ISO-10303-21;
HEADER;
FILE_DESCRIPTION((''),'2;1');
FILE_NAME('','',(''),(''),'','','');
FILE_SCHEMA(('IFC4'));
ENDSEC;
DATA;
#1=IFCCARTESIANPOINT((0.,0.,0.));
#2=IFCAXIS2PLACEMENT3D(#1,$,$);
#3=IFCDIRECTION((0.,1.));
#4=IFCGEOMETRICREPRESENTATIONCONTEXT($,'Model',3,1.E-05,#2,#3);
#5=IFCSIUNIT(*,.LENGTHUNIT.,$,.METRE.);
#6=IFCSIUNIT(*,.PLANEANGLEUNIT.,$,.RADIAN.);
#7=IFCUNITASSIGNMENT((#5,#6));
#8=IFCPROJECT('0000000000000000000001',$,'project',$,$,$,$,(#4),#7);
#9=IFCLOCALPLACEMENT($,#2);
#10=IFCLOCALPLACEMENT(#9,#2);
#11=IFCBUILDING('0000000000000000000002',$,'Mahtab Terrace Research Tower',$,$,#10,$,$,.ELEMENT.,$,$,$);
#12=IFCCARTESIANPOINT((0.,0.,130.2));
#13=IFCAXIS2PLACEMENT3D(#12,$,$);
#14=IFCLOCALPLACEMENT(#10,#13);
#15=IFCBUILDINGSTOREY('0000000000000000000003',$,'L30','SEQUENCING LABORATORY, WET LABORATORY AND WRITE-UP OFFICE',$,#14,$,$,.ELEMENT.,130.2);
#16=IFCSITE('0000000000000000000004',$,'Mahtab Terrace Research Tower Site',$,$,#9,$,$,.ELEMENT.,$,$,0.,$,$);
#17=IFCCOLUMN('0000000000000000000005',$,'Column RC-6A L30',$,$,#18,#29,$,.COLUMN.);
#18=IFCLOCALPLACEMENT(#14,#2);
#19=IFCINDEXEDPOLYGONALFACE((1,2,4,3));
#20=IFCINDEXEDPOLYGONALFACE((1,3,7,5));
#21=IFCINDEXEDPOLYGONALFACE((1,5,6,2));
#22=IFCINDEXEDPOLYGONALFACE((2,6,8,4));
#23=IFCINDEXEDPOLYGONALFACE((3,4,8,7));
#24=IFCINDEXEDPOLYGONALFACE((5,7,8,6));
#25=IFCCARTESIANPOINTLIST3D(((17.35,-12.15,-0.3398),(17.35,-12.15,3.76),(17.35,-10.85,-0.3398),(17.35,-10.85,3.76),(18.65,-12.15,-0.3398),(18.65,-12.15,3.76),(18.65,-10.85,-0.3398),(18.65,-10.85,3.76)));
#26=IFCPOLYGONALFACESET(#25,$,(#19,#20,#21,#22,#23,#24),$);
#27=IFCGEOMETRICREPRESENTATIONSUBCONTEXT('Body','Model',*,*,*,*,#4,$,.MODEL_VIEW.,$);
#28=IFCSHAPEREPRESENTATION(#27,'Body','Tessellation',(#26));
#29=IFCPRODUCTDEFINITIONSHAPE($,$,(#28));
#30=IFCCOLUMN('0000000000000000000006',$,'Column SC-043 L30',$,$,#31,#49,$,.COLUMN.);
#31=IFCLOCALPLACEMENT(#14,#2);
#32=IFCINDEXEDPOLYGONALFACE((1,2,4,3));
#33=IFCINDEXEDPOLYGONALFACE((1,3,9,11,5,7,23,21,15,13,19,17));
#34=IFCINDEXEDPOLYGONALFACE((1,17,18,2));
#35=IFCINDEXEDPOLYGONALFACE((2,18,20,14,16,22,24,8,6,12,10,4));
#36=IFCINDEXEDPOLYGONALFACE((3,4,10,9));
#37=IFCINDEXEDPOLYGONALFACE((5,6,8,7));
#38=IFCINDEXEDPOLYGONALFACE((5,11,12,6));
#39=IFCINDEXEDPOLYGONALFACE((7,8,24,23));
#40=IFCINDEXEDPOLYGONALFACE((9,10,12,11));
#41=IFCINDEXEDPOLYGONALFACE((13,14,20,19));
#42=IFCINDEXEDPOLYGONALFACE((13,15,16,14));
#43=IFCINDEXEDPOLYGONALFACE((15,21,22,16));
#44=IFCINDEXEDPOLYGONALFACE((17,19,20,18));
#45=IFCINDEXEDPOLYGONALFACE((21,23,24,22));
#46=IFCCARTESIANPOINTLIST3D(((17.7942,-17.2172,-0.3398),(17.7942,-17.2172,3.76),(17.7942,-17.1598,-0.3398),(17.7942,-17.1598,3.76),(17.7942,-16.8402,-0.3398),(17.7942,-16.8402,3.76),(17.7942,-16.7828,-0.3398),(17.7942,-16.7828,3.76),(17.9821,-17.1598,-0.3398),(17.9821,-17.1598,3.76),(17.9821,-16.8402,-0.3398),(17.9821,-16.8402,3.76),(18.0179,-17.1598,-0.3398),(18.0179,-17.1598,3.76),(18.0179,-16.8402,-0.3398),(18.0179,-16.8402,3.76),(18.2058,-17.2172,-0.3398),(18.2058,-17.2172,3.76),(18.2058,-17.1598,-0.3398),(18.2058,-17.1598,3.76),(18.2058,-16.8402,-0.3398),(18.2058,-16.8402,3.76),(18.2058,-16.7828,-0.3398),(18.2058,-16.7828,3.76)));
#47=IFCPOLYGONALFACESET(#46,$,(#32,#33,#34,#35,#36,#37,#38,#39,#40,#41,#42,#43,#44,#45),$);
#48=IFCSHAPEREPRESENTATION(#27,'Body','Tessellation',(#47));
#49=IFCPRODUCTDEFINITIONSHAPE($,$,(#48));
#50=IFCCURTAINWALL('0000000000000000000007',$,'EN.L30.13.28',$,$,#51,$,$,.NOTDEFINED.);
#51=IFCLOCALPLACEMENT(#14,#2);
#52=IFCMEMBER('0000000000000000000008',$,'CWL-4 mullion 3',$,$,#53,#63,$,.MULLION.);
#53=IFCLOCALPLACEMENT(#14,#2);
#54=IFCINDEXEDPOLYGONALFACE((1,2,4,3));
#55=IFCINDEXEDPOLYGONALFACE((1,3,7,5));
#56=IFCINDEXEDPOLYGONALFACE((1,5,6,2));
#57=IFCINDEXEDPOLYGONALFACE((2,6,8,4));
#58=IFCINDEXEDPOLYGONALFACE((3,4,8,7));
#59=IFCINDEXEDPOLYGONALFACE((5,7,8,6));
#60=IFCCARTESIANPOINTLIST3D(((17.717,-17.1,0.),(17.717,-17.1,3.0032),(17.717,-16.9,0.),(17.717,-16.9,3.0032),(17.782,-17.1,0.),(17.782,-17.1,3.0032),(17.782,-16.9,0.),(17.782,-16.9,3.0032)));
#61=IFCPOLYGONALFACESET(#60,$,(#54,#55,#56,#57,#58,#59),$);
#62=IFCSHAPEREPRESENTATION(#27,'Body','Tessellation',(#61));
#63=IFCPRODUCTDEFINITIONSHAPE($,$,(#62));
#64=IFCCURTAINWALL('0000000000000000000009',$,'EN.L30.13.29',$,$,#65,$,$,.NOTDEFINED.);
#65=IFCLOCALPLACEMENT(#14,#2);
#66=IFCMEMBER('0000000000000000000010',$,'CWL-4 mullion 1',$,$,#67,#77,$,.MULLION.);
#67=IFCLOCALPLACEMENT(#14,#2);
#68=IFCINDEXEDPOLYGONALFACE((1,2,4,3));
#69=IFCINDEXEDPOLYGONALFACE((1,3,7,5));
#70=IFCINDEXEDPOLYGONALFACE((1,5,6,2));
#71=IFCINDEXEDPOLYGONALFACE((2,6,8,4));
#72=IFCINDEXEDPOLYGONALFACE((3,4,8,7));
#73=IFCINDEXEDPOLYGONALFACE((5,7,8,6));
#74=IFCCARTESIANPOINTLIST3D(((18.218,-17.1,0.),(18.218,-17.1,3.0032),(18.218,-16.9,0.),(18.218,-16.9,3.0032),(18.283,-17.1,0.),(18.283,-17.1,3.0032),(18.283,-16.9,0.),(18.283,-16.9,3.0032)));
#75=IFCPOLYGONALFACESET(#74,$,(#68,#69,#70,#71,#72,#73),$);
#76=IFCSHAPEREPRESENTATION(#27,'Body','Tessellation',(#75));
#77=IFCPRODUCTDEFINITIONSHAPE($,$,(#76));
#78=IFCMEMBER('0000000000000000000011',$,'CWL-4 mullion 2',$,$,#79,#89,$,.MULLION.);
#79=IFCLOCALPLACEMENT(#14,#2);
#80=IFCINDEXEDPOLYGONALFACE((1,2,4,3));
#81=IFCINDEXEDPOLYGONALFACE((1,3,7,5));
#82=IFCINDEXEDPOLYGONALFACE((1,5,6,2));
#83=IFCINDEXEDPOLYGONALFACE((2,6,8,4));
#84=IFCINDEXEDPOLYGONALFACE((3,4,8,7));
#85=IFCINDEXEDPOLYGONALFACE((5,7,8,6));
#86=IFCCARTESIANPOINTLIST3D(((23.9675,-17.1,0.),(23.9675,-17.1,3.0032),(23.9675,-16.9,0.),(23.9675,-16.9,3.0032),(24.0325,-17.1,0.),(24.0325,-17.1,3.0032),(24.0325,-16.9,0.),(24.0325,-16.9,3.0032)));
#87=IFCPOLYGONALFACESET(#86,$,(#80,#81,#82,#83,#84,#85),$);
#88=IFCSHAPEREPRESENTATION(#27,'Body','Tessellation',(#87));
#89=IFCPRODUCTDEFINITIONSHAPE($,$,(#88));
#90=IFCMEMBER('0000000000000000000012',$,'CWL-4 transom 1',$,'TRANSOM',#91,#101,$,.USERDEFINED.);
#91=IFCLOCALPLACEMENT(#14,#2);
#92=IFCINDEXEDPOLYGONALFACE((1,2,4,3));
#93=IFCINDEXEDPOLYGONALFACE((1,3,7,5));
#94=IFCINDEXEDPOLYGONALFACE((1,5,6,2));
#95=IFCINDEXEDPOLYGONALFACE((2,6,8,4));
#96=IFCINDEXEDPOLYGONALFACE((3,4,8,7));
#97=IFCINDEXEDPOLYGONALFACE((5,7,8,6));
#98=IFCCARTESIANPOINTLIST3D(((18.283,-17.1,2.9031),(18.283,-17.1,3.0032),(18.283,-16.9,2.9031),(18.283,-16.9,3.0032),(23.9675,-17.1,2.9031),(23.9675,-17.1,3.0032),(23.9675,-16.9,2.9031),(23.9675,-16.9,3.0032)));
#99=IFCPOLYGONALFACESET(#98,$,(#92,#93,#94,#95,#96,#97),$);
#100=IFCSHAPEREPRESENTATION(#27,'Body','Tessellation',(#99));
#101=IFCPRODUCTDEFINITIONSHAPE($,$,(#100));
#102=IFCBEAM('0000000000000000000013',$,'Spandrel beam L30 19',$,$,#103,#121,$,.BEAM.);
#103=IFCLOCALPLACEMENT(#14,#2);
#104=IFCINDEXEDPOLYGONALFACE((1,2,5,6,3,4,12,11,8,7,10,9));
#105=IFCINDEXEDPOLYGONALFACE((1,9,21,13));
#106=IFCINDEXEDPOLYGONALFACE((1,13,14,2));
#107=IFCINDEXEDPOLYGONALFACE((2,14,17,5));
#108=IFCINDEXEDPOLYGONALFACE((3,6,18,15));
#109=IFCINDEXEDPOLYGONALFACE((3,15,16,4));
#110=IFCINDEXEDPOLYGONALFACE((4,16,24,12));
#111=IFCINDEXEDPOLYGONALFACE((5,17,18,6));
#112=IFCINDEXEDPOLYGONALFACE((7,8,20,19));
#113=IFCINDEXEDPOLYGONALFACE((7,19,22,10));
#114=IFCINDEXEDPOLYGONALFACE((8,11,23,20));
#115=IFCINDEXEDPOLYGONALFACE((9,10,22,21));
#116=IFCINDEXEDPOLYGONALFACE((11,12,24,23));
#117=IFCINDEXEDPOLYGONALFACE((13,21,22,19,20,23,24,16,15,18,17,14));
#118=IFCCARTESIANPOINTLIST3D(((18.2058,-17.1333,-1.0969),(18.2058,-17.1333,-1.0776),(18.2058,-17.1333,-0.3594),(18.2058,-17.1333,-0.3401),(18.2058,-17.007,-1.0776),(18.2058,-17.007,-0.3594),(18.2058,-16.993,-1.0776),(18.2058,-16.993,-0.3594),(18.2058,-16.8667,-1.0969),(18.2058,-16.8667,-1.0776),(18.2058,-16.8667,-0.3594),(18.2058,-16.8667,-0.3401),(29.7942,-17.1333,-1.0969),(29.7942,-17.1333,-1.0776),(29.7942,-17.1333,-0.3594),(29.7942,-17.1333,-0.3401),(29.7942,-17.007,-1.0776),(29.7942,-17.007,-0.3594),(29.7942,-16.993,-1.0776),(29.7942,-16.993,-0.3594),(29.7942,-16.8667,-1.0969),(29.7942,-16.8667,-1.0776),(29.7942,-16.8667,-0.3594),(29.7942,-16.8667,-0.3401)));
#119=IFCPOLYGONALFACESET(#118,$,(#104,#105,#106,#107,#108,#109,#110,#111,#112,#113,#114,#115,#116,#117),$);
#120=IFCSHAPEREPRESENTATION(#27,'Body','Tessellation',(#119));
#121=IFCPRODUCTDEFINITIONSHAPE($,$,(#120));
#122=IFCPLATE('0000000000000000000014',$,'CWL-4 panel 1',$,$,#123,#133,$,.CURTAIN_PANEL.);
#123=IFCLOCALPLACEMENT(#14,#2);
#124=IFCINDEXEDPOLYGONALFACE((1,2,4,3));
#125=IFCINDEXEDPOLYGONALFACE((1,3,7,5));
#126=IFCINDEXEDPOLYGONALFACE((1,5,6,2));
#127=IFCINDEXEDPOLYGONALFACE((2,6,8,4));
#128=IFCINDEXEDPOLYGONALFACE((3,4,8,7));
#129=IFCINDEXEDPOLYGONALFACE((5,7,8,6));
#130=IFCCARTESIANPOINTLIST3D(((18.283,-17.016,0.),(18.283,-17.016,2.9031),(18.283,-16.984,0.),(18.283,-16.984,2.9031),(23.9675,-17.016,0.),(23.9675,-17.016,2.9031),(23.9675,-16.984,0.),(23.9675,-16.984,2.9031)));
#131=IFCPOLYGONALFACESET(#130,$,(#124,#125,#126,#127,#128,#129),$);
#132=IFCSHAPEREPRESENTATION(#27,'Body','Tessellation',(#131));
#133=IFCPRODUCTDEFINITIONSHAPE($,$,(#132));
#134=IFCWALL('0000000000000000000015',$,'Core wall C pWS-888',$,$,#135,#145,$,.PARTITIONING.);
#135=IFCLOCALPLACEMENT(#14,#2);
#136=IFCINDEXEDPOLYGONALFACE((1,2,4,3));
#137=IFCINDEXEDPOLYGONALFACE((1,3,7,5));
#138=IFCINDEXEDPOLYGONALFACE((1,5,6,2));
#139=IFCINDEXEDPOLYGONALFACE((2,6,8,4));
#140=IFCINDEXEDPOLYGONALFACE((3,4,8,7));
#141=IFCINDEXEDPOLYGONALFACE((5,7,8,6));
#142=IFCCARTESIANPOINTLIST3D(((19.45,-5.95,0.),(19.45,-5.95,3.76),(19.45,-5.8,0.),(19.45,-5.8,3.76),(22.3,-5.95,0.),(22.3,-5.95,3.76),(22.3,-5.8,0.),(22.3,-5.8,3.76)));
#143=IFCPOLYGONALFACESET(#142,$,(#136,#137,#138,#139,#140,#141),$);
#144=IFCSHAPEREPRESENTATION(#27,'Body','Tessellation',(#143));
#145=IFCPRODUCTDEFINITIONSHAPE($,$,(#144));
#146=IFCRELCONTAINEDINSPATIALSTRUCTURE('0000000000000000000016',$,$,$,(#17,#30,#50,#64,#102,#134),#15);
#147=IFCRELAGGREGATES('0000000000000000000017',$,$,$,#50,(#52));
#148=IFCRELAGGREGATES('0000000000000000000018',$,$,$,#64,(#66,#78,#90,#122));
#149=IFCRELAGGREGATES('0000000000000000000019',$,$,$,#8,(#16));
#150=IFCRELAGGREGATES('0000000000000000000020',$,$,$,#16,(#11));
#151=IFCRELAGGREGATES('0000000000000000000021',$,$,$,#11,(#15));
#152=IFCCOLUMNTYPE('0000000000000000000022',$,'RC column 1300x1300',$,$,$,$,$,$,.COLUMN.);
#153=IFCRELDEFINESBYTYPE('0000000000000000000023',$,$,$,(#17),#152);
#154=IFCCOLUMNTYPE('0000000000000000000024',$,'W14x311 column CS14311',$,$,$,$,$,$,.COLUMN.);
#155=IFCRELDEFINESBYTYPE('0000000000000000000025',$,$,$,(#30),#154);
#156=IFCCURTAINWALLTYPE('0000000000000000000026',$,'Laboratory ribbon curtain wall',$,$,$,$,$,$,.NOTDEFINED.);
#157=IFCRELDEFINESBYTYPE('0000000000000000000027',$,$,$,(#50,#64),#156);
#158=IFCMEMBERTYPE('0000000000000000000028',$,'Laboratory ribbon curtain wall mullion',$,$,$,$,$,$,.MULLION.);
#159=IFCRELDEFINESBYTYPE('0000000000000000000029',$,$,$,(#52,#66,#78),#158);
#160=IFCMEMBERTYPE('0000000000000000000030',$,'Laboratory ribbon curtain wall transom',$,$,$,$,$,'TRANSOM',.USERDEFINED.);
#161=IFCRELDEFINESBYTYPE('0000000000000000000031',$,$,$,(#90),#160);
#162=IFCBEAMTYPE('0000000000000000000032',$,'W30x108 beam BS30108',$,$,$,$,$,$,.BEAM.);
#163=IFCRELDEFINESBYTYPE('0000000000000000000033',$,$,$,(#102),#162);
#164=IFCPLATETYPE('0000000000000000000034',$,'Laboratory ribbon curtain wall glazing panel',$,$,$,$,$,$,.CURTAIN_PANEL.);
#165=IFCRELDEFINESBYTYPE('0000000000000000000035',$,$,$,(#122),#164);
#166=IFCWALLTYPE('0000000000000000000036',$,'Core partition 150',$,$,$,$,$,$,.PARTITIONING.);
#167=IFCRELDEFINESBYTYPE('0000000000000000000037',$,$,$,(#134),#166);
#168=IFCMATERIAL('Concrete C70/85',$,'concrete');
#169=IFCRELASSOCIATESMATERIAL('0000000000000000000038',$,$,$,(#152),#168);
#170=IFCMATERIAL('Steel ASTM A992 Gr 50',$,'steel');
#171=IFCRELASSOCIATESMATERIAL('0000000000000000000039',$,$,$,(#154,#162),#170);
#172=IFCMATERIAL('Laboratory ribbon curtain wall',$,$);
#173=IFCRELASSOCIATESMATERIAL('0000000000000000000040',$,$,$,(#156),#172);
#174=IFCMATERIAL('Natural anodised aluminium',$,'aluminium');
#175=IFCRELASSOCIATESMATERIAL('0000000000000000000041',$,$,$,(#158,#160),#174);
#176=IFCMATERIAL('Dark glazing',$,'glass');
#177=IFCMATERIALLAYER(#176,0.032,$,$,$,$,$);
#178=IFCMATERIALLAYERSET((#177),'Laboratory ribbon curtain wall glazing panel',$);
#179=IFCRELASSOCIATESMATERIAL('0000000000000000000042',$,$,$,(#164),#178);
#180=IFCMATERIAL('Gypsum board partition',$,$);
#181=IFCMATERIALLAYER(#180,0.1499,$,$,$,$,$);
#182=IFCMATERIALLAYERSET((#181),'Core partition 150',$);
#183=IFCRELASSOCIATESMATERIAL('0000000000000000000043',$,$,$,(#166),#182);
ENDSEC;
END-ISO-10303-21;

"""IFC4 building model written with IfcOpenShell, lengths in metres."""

from ifc_helpers import new_model, si_unit, direction, frame, frame_2d, origin, origin_2d, place, context, subcontext, project, spatial, rectangle, i_section, extrude, material, layer, layer_set, material_profile, profile_set, type_object, element, aggregate, save


model = new_model("IFC4")

# Units and contexts
model_context = context("Model", 3, precision=1e-05, world=origin(), true_north=direction((0.0, 1.0)))
body_context = subcontext(model_context, "Body", "Model", "MODEL_VIEW")
ifc_project = project(units=[si_unit("LENGTHUNIT", "METRE"), si_unit("PLANEANGLEUNIT", "RADIAN")], contexts=[model_context])

# Site, building, storey
site_placement = place(None, origin())
site = spatial("IfcSite", under=ifc_project, at=site_placement, Name="Mahtab Terrace Research Tower Site", CompositionType="ELEMENT", RefElevation=0.0)
building_placement = place(site_placement, origin())
building = spatial("IfcBuilding", under=site, at=building_placement, Name="Mahtab Terrace Research Tower", CompositionType="ELEMENT")
storey_placement = place(building_placement, frame((0.0, 0.0, 130.2)))
storey = spatial("IfcBuildingStorey", under=building, at=storey_placement, Name="L30", Description="SEQUENCING LABORATORY, WET LABORATORY AND WRITE-UP OFFICE", CompositionType="ELEMENT", Elevation=130.2)

# Columns
ifc_material_1 = material(Name="Concrete C70/85", Category="concrete")
ifc_material_profile_1 = material_profile(ifc_material_1, rectangle(XDim=1.3, YDim=1.3, at=origin_2d()), Name="RC column 1300x1300")
ifc_profile_set_1 = profile_set([ifc_material_profile_1], Name="Concrete C70/85")
column_type_1 = type_object("IfcColumnType", Name="RC column 1300x1300", PredefinedType="COLUMN", material=ifc_profile_set_1)
column_1_placement = place(storey_placement, frame((18.0, -11.5, -0.3398), z_axis=(0.0, 0.0, 1.0), x_axis=(1.0, 0.0, 0.0)))
element("IfcColumn", 1, at=column_1_placement, inside=storey, type_object=column_type_1, Name="Column RC-6A L30", PredefinedType="COLUMN", context=body_context, shape_type="SweptSolid", body=[
    extrude(rectangle(XDim=1.3, YDim=1.3, at=origin_2d()), origin(), (0.0, 0.0, 1.0), 4.0999),
])
ifc_material_2 = material(Name="Steel ASTM A992 Gr 50", Category="steel")
ifc_material_profile_2 = material_profile(ifc_material_2, i_section(OverallWidth=0.4116, OverallDepth=0.4343, WebThickness=0.0359, FlangeThickness=0.0574, at=origin_2d()), Name="W14X311")
ifc_profile_set_2 = profile_set([ifc_material_profile_2], Name="Steel ASTM A992 Gr 50")
column_type_2 = type_object("IfcColumnType", Name="W14x311 column CS14311", PredefinedType="COLUMN", material=ifc_profile_set_2)
column_2_placement = place(storey_placement, frame((18.0, -17.0, -0.3398), z_axis=(0.0, 0.0, 1.0), x_axis=(1.0, 0.0, 0.0)))
element("IfcColumn", 2, at=column_2_placement, inside=storey, type_object=column_type_2, Name="Column SC-043 L30", PredefinedType="COLUMN", context=body_context, shape_type="SweptSolid", body=[
    extrude(i_section(OverallWidth=0.4116, OverallDepth=0.4343, WebThickness=0.0359, FlangeThickness=0.0574, at=origin_2d()), origin(), (0.0, 0.0, 1.0), 4.0999),
])

# Curtain wall, member
ifc_material_3 = material(Name="Laboratory ribbon curtain wall")
curtain_wall_type = type_object("IfcCurtainWallType", Name="Laboratory ribbon curtain wall", PredefinedType="NOTDEFINED", material=ifc_material_3)
curtain_wall_1_placement = place(storey_placement, origin())
curtain_wall_1 = element("IfcCurtainWall", 3, at=curtain_wall_1_placement, inside=storey, type_object=curtain_wall_type, Name="EN.L30.13.28", PredefinedType="NOTDEFINED")
ifc_material_4 = material(Name="Natural anodised aluminium", Category="aluminium")
ifc_material_profile_3 = material_profile(ifc_material_4, rectangle(XDim=0.2, YDim=0.0649, at=origin_2d()), Name="MULLION 65x200")
ifc_profile_set_3 = profile_set([ifc_material_profile_3], Name="Natural anodised aluminium")
member_type_1 = type_object("IfcMemberType", Name="Laboratory ribbon curtain wall mullion", PredefinedType="MULLION", material=ifc_profile_set_3)
member_1_placement = place(storey_placement, frame((17.7495, -17.0, 0.0), z_axis=(0.0, 0.0, 1.0), x_axis=(0.0, 1.0, 0.0)))
member_1 = element("IfcMember", 4, at=member_1_placement, type_object=member_type_1, Name="CWL-4 mullion 3", PredefinedType="MULLION", context=body_context, shape_type="SweptSolid", body=[
    extrude(rectangle(XDim=0.2, YDim=0.0649, at=origin_2d()), origin(), (0.0, 0.0, 1.0), 3.0032),
])
aggregate(curtain_wall_1, [member_1])

# Curtain wall, members
curtain_wall_2_placement = place(storey_placement, origin())
curtain_wall_2 = element("IfcCurtainWall", 5, at=curtain_wall_2_placement, inside=storey, type_object=curtain_wall_type, Name="EN.L30.13.29", PredefinedType="NOTDEFINED")
member_2_placement = place(storey_placement, frame((18.2505, -17.0, 0.0), z_axis=(0.0, 0.0, 1.0), x_axis=(0.0, 1.0, 0.0)))
member_2 = element("IfcMember", 6, at=member_2_placement, type_object=member_type_1, Name="CWL-4 mullion 1", PredefinedType="MULLION", context=body_context, shape_type="SweptSolid", body=[
    extrude(rectangle(XDim=0.2, YDim=0.0649, at=origin_2d()), origin(), (0.0, 0.0, 1.0), 3.0032),
])
member_3_placement = place(storey_placement, frame((24.0, -17.0, 0.0), z_axis=(0.0, 0.0, 1.0), x_axis=(0.0, 1.0, 0.0)))
member_3 = element("IfcMember", 7, at=member_3_placement, type_object=member_type_1, Name="CWL-4 mullion 2", PredefinedType="MULLION", context=body_context, shape_type="SweptSolid", body=[
    extrude(rectangle(XDim=0.2, YDim=0.0649, at=origin_2d()), origin(), (0.0, 0.0, 1.0), 3.0032),
])
ifc_material_profile_4 = material_profile(ifc_material_4, rectangle(XDim=0.2, YDim=0.1001, at=origin_2d()), Name="TRANSOM 100x200")
ifc_profile_set_4 = profile_set([ifc_material_profile_4], Name="Natural anodised aluminium")
member_type_2 = type_object("IfcMemberType", Name="Laboratory ribbon curtain wall transom", ElementType="TRANSOM", PredefinedType="USERDEFINED", material=ifc_profile_set_4)
member_4_placement = place(storey_placement, frame((18.283, -17.0, 2.9531), z_axis=(1.0, 0.0, 0.0), x_axis=(0.0, 1.0, 0.0)))
member_4 = element("IfcMember", 8, at=member_4_placement, type_object=member_type_2, Name="CWL-4 transom 1", ObjectType="TRANSOM", PredefinedType="USERDEFINED", context=body_context, shape_type="SweptSolid", body=[
    extrude(rectangle(XDim=0.2, YDim=0.1001, at=origin_2d()), origin(), (0.0, 0.0, 1.0), 5.6846),
])

# Beam
ifc_material_profile_5 = material_profile(ifc_material_2, i_section(OverallWidth=0.2666, OverallDepth=0.7568, WebThickness=0.0139, FlangeThickness=0.0193, at=origin_2d()), Name="W30X108")
ifc_profile_set_5 = profile_set([ifc_material_profile_5], Name="Steel ASTM A992 Gr 50")
beam_type = type_object("IfcBeamType", Name="W30x108 beam BS30108", PredefinedType="BEAM", material=ifc_profile_set_5)
beam_placement = place(storey_placement, frame((18.2058, -17.0, -0.7185), z_axis=(1.0, 0.0, 0.0), x_axis=(0.0, 1.0, 0.0)))
element("IfcBeam", 9, at=beam_placement, inside=storey, type_object=beam_type, Name="Spandrel beam L30 19", PredefinedType="BEAM", context=body_context, shape_type="SweptSolid", body=[
    extrude(i_section(OverallWidth=0.2666, OverallDepth=0.7568, WebThickness=0.0139, FlangeThickness=0.0193, at=origin_2d()), origin(), (0.0, 0.0, 1.0), 11.5884),
])

# Plate
ifc_material_5 = material(Name="Dark glazing", Category="glass")
ifc_layer_1 = layer(ifc_material_5, 0.032)
ifc_layer_set_1 = layer_set([ifc_layer_1], Name="Laboratory ribbon curtain wall glazing panel")
plate_type = type_object("IfcPlateType", Name="Laboratory ribbon curtain wall glazing panel", PredefinedType="CURTAIN_PANEL", material=ifc_layer_set_1)
plate_placement = place(storey_placement, frame((21.1252, -17.0, 0.0), z_axis=(0.0, 0.0, 1.0), x_axis=(1.0, 0.0, 0.0)))
plate = element("IfcPlate", 10, at=plate_placement, type_object=plate_type, Name="CWL-4 panel 1", PredefinedType="CURTAIN_PANEL", context=body_context, shape_type="SweptSolid", body=[
    extrude(rectangle(XDim=5.6846, YDim=0.032, at=origin_2d()), origin(), (0.0, 0.0, 1.0), 2.9031),
])
aggregate(curtain_wall_2, [member_2, member_3, member_4, plate])

# Wall
ifc_material_6 = material(Name="Gypsum board partition")
ifc_layer_2 = layer(ifc_material_6, 0.1499)
ifc_layer_set_2 = layer_set([ifc_layer_2], Name="Core partition 150")
wall_type_1 = type_object("IfcWallType", Name="Core partition 150", PredefinedType="PARTITIONING", material=ifc_layer_set_2)
wall_1_placement = place(storey_placement, frame((19.45, -5.875, 0.0), z_axis=(0.0, 0.0, 1.0), x_axis=(1.0, 0.0, 0.0)))
element("IfcWall", 11, at=wall_1_placement, inside=storey, type_object=wall_type_1, Name="Core wall C pWS-888", PredefinedType="PARTITIONING", context=body_context, shape_type="SweptSolid", body=[
    extrude(rectangle(XDim=2.8501, YDim=0.1499, at=frame_2d((1.425, 0.0))), origin(), (0.0, 0.0, 1.0), 3.76),
])

save(model, "model.ifc")
